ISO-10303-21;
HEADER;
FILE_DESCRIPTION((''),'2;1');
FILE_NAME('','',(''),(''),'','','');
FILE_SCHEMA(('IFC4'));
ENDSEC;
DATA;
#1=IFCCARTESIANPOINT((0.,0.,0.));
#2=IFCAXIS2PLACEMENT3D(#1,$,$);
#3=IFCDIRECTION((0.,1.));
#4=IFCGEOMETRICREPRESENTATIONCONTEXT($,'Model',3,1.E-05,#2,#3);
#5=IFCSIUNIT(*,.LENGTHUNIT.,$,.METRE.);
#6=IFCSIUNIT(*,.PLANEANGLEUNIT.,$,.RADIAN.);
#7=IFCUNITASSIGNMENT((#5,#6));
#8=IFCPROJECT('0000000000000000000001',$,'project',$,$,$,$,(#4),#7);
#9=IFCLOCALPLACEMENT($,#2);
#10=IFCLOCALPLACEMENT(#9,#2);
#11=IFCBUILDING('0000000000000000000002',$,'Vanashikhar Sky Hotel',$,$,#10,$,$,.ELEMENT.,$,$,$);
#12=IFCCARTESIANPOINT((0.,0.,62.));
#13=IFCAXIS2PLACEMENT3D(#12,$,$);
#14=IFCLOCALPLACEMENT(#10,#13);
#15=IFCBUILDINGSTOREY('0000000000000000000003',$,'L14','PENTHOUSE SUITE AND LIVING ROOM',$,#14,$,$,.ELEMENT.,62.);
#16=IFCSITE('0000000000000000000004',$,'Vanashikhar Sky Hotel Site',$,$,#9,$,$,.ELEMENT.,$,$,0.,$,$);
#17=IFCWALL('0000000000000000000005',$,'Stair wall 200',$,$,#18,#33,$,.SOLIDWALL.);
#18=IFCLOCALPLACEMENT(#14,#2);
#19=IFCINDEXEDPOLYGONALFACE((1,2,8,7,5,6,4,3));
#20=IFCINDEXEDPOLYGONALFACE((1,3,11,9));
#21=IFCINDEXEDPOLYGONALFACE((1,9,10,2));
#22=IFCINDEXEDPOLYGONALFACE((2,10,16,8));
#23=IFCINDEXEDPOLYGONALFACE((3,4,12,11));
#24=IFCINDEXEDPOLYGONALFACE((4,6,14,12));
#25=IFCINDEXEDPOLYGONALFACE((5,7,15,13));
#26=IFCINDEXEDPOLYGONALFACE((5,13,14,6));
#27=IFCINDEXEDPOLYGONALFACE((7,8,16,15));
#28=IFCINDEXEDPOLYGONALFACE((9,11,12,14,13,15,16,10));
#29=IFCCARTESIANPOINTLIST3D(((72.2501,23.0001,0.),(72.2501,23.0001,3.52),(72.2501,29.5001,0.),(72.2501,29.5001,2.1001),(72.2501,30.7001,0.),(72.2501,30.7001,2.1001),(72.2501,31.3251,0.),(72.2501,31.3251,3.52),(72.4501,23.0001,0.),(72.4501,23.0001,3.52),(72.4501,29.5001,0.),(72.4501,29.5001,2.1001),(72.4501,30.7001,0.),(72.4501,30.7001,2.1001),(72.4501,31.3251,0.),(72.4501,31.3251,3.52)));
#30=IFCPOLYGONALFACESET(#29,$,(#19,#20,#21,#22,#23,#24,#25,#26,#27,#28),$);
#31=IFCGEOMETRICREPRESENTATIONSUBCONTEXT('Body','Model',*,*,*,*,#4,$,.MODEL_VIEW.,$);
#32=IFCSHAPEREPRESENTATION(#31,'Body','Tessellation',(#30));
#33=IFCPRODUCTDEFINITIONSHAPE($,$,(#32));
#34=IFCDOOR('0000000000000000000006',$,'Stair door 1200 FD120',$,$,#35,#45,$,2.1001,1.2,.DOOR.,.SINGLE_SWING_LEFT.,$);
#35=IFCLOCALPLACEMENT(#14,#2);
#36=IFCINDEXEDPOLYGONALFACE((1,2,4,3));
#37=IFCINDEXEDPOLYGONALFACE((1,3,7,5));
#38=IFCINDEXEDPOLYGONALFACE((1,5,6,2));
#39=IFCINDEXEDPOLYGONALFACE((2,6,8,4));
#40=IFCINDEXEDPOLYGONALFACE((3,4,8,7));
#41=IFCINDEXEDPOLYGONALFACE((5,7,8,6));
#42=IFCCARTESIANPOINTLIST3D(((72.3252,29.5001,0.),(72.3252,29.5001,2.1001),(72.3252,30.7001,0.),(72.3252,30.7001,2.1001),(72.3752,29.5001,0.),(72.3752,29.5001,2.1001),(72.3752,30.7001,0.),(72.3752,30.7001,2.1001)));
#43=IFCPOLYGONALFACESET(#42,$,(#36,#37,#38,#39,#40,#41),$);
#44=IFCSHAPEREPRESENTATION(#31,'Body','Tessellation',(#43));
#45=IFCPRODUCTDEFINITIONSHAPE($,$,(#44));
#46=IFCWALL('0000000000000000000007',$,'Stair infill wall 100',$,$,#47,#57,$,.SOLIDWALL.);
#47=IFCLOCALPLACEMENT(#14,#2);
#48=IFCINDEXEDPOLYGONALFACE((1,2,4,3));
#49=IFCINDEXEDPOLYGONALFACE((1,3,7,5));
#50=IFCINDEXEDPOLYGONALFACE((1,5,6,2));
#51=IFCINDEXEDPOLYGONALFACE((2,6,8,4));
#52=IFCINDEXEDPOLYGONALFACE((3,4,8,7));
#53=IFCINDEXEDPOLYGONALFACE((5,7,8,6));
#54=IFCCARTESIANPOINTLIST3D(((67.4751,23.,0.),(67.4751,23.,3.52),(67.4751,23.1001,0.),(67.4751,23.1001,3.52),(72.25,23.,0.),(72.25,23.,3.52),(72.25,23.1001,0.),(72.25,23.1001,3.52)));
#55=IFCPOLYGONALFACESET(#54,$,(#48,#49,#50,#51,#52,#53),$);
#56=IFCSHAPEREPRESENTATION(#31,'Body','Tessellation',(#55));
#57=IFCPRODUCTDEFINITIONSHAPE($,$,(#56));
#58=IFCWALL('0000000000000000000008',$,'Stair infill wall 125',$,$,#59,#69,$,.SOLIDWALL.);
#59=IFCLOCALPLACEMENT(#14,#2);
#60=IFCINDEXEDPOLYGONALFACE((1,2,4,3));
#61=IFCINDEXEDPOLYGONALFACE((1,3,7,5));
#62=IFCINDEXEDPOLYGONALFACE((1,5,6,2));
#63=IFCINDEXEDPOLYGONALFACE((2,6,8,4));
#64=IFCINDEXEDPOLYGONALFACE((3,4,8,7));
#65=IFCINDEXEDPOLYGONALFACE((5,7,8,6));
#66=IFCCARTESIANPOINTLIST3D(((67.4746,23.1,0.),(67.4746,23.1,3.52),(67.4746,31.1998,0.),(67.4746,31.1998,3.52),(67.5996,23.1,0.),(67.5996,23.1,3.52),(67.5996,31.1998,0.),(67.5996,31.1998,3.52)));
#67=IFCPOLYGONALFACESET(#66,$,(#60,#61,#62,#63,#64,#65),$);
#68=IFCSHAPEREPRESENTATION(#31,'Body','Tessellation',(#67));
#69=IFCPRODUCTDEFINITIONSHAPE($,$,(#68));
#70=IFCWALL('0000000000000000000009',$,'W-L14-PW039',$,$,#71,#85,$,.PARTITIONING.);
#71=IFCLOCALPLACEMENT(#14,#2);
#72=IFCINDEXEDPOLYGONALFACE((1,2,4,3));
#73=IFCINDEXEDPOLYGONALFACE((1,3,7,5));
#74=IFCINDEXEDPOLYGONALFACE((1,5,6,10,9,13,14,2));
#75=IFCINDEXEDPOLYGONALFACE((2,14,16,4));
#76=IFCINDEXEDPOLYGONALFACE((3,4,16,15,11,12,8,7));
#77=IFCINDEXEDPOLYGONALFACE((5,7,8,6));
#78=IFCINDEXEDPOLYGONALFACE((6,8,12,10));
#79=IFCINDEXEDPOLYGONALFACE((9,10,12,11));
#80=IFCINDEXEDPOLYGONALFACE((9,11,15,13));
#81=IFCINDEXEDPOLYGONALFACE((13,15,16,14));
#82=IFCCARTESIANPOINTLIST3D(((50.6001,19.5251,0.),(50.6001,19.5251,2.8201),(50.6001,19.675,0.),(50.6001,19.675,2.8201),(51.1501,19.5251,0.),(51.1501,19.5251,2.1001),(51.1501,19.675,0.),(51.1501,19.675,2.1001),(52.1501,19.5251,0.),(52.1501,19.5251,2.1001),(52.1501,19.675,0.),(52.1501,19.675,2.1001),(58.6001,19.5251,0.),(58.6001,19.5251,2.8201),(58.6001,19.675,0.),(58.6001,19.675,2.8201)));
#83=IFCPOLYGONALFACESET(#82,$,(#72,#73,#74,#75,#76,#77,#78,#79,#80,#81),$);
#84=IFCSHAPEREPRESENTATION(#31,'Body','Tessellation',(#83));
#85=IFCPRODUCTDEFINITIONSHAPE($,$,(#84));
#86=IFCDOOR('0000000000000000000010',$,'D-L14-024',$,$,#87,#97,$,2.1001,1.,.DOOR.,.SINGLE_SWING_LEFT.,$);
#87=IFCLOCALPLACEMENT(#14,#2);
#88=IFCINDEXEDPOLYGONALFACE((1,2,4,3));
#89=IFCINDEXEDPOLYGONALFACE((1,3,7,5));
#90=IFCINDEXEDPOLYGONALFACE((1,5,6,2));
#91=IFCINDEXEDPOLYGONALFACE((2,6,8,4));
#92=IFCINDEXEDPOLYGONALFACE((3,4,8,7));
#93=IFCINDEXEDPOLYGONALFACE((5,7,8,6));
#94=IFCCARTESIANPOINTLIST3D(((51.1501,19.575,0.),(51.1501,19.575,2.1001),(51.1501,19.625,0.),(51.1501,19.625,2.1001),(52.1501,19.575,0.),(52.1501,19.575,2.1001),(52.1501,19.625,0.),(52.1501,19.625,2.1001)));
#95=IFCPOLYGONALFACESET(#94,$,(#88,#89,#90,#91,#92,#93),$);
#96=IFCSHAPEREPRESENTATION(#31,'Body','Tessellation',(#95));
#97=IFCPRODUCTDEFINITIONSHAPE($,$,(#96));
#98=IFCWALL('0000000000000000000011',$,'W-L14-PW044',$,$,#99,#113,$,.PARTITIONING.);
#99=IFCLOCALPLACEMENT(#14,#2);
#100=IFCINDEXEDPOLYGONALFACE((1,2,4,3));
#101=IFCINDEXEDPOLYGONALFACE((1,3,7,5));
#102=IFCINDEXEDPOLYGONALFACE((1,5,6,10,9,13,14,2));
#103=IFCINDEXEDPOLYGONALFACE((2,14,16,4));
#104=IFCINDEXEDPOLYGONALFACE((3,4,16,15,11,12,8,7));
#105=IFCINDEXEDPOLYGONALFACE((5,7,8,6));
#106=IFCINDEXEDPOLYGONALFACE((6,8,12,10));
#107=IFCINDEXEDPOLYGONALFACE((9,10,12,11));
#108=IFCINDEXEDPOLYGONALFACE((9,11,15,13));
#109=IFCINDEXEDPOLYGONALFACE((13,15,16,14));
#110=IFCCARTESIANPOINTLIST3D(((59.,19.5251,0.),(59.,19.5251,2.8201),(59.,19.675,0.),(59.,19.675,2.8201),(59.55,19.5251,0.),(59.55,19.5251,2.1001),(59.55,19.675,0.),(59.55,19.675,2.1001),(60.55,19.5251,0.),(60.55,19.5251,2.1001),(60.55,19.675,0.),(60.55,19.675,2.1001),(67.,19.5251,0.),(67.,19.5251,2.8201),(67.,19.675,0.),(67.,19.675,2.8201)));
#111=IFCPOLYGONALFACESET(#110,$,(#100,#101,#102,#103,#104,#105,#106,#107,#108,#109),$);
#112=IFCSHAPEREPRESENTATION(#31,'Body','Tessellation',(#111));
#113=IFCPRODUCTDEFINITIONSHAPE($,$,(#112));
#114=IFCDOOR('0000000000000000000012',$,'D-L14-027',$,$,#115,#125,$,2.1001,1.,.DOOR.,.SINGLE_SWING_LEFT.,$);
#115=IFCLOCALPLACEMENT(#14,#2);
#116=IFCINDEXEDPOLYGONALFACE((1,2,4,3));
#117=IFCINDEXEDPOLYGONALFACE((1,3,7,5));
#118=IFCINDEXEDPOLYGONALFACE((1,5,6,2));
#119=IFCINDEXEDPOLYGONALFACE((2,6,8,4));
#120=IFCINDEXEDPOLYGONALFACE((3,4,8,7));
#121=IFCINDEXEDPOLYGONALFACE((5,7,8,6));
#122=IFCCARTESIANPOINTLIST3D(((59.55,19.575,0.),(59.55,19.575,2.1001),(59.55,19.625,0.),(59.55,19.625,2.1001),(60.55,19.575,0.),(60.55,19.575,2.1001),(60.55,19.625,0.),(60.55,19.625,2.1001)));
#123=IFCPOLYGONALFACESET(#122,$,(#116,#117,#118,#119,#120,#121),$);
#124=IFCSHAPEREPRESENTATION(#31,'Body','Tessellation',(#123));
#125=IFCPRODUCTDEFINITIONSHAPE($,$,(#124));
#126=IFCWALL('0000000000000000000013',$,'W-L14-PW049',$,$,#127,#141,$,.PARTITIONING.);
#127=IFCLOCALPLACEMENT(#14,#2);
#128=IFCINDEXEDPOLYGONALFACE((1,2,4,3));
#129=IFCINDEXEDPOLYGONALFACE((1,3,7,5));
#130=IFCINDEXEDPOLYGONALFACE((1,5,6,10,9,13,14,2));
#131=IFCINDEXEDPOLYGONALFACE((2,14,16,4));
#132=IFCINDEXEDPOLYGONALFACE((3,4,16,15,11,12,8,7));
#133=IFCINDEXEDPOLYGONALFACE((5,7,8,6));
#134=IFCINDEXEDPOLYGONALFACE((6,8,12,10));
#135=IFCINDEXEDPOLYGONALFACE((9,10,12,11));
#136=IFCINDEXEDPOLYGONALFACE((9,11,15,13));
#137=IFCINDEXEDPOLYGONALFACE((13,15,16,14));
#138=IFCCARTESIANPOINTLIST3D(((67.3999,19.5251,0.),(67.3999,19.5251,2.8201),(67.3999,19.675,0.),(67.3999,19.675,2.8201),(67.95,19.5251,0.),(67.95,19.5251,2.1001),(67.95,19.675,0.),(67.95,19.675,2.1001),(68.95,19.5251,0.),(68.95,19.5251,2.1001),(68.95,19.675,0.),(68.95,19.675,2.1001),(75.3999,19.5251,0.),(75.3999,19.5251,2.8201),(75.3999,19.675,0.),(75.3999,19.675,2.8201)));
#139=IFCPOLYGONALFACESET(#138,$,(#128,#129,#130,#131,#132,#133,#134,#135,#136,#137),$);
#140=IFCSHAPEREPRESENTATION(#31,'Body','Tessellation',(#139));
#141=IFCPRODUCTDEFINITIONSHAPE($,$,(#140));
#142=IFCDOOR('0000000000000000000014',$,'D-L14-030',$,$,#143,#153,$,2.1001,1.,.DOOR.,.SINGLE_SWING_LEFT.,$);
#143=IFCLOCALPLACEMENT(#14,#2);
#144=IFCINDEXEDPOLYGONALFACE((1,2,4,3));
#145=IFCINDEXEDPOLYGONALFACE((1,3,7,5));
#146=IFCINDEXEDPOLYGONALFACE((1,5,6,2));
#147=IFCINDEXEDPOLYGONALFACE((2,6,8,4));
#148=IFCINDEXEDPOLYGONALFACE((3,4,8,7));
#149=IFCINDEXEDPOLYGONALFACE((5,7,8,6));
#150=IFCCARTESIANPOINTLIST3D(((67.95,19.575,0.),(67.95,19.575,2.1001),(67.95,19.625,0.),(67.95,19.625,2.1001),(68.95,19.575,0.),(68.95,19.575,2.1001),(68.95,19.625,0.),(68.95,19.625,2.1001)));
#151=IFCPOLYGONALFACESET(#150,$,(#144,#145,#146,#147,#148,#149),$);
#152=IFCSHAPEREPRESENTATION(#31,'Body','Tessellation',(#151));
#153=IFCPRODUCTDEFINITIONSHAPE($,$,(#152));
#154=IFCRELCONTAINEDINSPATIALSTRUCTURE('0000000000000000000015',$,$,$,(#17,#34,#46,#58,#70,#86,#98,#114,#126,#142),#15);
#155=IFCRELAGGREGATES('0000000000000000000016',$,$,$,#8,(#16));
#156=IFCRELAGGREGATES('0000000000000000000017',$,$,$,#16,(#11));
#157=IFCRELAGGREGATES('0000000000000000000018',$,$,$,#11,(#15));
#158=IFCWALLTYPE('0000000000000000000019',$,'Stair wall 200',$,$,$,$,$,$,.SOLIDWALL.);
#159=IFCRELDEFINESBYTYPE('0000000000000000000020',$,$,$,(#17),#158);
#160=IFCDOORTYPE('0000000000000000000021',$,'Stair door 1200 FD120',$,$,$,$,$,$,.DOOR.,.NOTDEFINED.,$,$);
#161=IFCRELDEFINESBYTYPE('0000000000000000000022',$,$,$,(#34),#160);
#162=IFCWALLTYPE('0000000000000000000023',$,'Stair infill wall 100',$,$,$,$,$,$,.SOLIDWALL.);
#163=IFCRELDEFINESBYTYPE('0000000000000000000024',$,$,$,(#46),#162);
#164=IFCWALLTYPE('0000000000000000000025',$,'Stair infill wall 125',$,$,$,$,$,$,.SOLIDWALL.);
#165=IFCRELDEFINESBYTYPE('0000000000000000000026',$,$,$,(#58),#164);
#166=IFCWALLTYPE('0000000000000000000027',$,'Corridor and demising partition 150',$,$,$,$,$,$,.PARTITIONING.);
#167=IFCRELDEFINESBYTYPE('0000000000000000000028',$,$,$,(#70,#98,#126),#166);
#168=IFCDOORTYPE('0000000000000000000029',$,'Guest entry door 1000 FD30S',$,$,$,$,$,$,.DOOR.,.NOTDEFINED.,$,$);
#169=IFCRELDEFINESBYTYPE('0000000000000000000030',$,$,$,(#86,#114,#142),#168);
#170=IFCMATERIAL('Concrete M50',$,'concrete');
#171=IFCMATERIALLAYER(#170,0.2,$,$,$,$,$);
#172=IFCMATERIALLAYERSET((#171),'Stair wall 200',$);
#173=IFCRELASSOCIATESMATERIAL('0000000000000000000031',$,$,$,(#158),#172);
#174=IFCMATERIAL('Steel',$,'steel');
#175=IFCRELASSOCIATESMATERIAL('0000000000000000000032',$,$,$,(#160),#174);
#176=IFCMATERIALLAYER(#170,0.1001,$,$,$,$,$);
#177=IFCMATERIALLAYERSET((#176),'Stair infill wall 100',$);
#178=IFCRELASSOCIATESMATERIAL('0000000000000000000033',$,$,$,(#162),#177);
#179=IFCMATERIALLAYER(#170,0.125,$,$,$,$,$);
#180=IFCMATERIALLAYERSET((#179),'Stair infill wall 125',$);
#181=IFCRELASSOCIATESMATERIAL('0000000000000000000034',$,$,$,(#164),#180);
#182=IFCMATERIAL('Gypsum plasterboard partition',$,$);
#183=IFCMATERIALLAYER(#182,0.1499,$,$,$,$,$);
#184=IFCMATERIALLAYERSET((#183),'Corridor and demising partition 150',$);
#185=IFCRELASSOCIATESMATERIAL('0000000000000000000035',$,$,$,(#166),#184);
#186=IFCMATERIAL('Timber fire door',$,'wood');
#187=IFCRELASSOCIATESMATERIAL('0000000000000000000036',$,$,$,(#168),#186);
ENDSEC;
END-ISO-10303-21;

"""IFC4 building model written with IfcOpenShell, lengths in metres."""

from ifc_helpers import new_model, si_unit, direction, frame, frame_2d, origin, place, context, subcontext, project, spatial, rectangle, extrude, source, transform, mapped, material, layer, layer_set, type_object, element, fill, save


model = new_model("IFC4")

# Units and contexts
model_context = context("Model", 3, precision=1e-05, world=origin(), true_north=direction((0.0, 1.0)))
body_context = subcontext(model_context, "Body", "Model", "MODEL_VIEW")
ifc_project = project(units=[si_unit("LENGTHUNIT", "METRE"), si_unit("PLANEANGLEUNIT", "RADIAN")], contexts=[model_context])

# Site, building, storey
site_placement = place(None, origin())
site = spatial("IfcSite", under=ifc_project, at=site_placement, Name="Vanashikhar Sky Hotel Site", CompositionType="ELEMENT", RefElevation=0.0)
building_placement = place(site_placement, origin())
building = spatial("IfcBuilding", under=site, at=building_placement, Name="Vanashikhar Sky Hotel", CompositionType="ELEMENT")
storey_placement = place(building_placement, frame((0.0, 0.0, 62.0)))
storey = spatial("IfcBuildingStorey", under=building, at=storey_placement, Name="L14", Description="PENTHOUSE SUITE AND LIVING ROOM", CompositionType="ELEMENT", Elevation=62.0)

# Shared definitions
ifc_material_1 = material(Name="Concrete M50", Category="concrete")

# Shared definitions
ifc_material_2 = material(Name="Steel", Category="steel")

# Wall, opening, door
ifc_layer_1 = layer(ifc_material_1, 0.2)
ifc_layer_set_1 = layer_set([ifc_layer_1], Name="Stair wall 200")
wall_type_1 = type_object("IfcWallType", Name="Stair wall 200", PredefinedType="SOLIDWALL", material=ifc_layer_set_1)
shared_shape_1 = source(origin(), body_context, "Body", "SweptSolid", [
    extrude(rectangle(XDim=8.325, YDim=0.2, at=frame_2d((4.1626, 0.0))), origin(), (0.0, 0.0, 1.0), 3.52),
])
wall_1_placement = place(storey_placement, frame((72.3501, 23.0, 0.0), z_axis=(0.0, 0.0, 1.0), x_axis=(0.0, 1.0, 0.0)))
wall_1 = element("IfcWall", 1, at=wall_1_placement, inside=storey, type_object=wall_type_1, Name="Stair wall 200", PredefinedType="SOLIDWALL", context=body_context, shape_type="MappedRepresentation", body=[
    mapped(shared_shape_1, transform((0.0, 0.0, 0.0), scale=1.0)),
])
shared_shape_2 = source(origin(), body_context, "Body", "SweptSolid", [
    extrude(rectangle(XDim=1.2, YDim=2.1001, at=frame_2d((0.6001, 1.05))), frame((0.0, 0.1099, 0.0), z_axis=(0.0, -1.0, 0.0), x_axis=(1.0, 0.0, 0.0)), (0.0, 0.0, 1.0), 0.22),
])
opening_1_placement = place(wall_1_placement, frame((6.5, 0.0, 0.0)))
opening_1 = element("IfcOpeningElement", 2, at=opening_1_placement, cuts=wall_1, PredefinedType="OPENING", context=body_context, shape_type="MappedRepresentation", body=[
    mapped(shared_shape_2, transform((0.0, 0.0, 0.0), scale=1.0)),
])
door_type_1 = type_object("IfcDoorType", Name="Stair door 1200 FD120", OperationType="NOTDEFINED", PredefinedType="DOOR", material=ifc_material_2)
shared_shape_3 = source(origin(), body_context, "Body", "SweptSolid", [
    extrude(rectangle(XDim=1.2, YDim=2.1001, at=frame_2d((0.6001, 1.05))), frame((0.0, 0.0249, 0.0), z_axis=(0.0, -1.0, 0.0), x_axis=(1.0, 0.0, 0.0)), (0.0, 0.0, 1.0), 0.05),
])
door_1_placement = place(opening_1_placement, origin())
door_1 = element("IfcDoor", 3, at=door_1_placement, inside=storey, type_object=door_type_1, Name="Stair door 1200 FD120", OperationType="SINGLE_SWING_LEFT", OverallHeight=2.1001, OverallWidth=1.2, PredefinedType="DOOR", context=body_context, shape_type="MappedRepresentation", body=[
    mapped(shared_shape_3, transform((0.0, 0.0, 0.0), scale=1.0)),
])
fill(opening_1, door_1)

# Walls
ifc_layer_2 = layer(ifc_material_1, 0.1001)
ifc_layer_set_2 = layer_set([ifc_layer_2], Name="Stair infill wall 100")
wall_type_2 = type_object("IfcWallType", Name="Stair infill wall 100", PredefinedType="SOLIDWALL", material=ifc_layer_set_2)
shared_shape_4 = source(origin(), body_context, "Body", "SweptSolid", [
    extrude(rectangle(XDim=4.7749, YDim=0.1001, at=frame_2d((2.3875, 0.0))), origin(), (0.0, 0.0, 1.0), 3.52),
])
wall_2_placement = place(storey_placement, frame((67.4751, 23.05, 0.0), z_axis=(0.0, 0.0, 1.0), x_axis=(1.0, 0.0, 0.0)))
element("IfcWall", 4, at=wall_2_placement, inside=storey, type_object=wall_type_2, Name="Stair infill wall 100", PredefinedType="SOLIDWALL", context=body_context, shape_type="MappedRepresentation", body=[
    mapped(shared_shape_4, transform((0.0, 0.0, 0.0), scale=1.0)),
])
ifc_layer_3 = layer(ifc_material_1, 0.125)
ifc_layer_set_3 = layer_set([ifc_layer_3], Name="Stair infill wall 125")
wall_type_3 = type_object("IfcWallType", Name="Stair infill wall 125", PredefinedType="SOLIDWALL", material=ifc_layer_set_3)
shared_shape_5 = source(origin(), body_context, "Body", "SweptSolid", [
    extrude(rectangle(XDim=8.0999, YDim=0.125, at=frame_2d((4.0498, 0.0))), origin(), (0.0, 0.0, 1.0), 3.52),
])
wall_3_placement = place(storey_placement, frame((67.5371, 23.1001, 0.0), z_axis=(0.0, 0.0, 1.0), x_axis=(0.0, 1.0, 0.0)))
element("IfcWall", 5, at=wall_3_placement, inside=storey, type_object=wall_type_3, Name="Stair infill wall 125", PredefinedType="SOLIDWALL", context=body_context, shape_type="MappedRepresentation", body=[
    mapped(shared_shape_5, transform((0.0, 0.0, 0.0), scale=1.0)),
])

# Walls, openings, doors
ifc_material_3 = material(Name="Gypsum plasterboard partition")
ifc_layer_4 = layer(ifc_material_3, 0.1499)
ifc_layer_set_4 = layer_set([ifc_layer_4], Name="Corridor and demising partition 150")
wall_type_4 = type_object("IfcWallType", Name="Corridor and demising partition 150", PredefinedType="PARTITIONING", material=ifc_layer_set_4)
shared_shape_6 = source(origin(), body_context, "Body", "SweptSolid", [
    extrude(rectangle(XDim=8.0, YDim=0.1499, at=frame_2d((4.0, 0.0))), origin(), (0.0, 0.0, 1.0), 2.8201),
])
wall_4_placement = place(storey_placement, frame((50.6001, 19.6001, 0.0), z_axis=(0.0, 0.0, 1.0), x_axis=(1.0, 0.0, 0.0)))
wall_4 = element("IfcWall", 6, at=wall_4_placement, inside=storey, type_object=wall_type_4, Name="W-L14-PW039", PredefinedType="PARTITIONING", context=body_context, shape_type="MappedRepresentation", body=[
    mapped(shared_shape_6, transform((0.0, 0.0, 0.0), scale=1.0)),
])
shared_shape_7 = source(origin(), body_context, "Body", "SweptSolid", [
    extrude(rectangle(XDim=1.0, YDim=2.1001, at=frame_2d((0.5, 1.05))), frame((0.0, 0.085, 0.0), z_axis=(0.0, -1.0, 0.0), x_axis=(1.0, 0.0, 0.0)), (0.0, 0.0, 1.0), 0.1699),
])
opening_2_placement = place(wall_4_placement, frame((0.55, 0.0, 0.0)))
opening_2 = element("IfcOpeningElement", 7, at=opening_2_placement, cuts=wall_4, PredefinedType="OPENING", context=body_context, shape_type="MappedRepresentation", body=[
    mapped(shared_shape_7, transform((0.0, 0.0, 0.0), scale=1.0)),
])
ifc_material_4 = material(Name="Timber fire door", Category="wood")
door_type_2 = type_object("IfcDoorType", Name="Guest entry door 1000 FD30S", OperationType="NOTDEFINED", PredefinedType="DOOR", material=ifc_material_4)
shared_shape_8 = source(origin(), body_context, "Body", "SweptSolid", [
    extrude(rectangle(XDim=1.0, YDim=2.1001, at=frame_2d((0.5, 1.05))), frame((0.0, 0.0249, 0.0), z_axis=(0.0, -1.0, 0.0), x_axis=(1.0, 0.0, 0.0)), (0.0, 0.0, 1.0), 0.05),
])
door_2_placement = place(opening_2_placement, origin())
door_2 = element("IfcDoor", 8, at=door_2_placement, inside=storey, type_object=door_type_2, Name="D-L14-024", OperationType="SINGLE_SWING_LEFT", OverallHeight=2.1001, OverallWidth=1.0, PredefinedType="DOOR", context=body_context, shape_type="MappedRepresentation", body=[
    mapped(shared_shape_8, transform((0.0, 0.0, 0.0), scale=1.0)),
])
fill(opening_2, door_2)
wall_5_placement = place(storey_placement, frame((59.0, 19.6001, 0.0), z_axis=(0.0, 0.0, 1.0), x_axis=(1.0, 0.0, 0.0)))
wall_5 = element("IfcWall", 9, at=wall_5_placement, inside=storey, type_object=wall_type_4, Name="W-L14-PW044", PredefinedType="PARTITIONING", context=body_context, shape_type="MappedRepresentation", body=[
    mapped(shared_shape_6, transform((0.0, 0.0, 0.0), scale=1.0)),
])
opening_3_placement = place(wall_5_placement, frame((0.55, 0.0, 0.0)))
opening_3 = element("IfcOpeningElement", 10, at=opening_3_placement, cuts=wall_5, PredefinedType="OPENING", context=body_context, shape_type="MappedRepresentation", body=[
    mapped(shared_shape_7, transform((0.0, 0.0, 0.0), scale=1.0)),
])
door_3_placement = place(opening_3_placement, origin())
door_3 = element("IfcDoor", 11, at=door_3_placement, inside=storey, type_object=door_type_2, Name="D-L14-027", OperationType="SINGLE_SWING_LEFT", OverallHeight=2.1001, OverallWidth=1.0, PredefinedType="DOOR", context=body_context, shape_type="MappedRepresentation", body=[
    mapped(shared_shape_8, transform((0.0, 0.0, 0.0), scale=1.0)),
])
fill(opening_3, door_3)
wall_6_placement = place(storey_placement, frame((67.3999, 19.6001, 0.0), z_axis=(0.0, 0.0, 1.0), x_axis=(1.0, 0.0, 0.0)))
wall_6 = element("IfcWall", 12, at=wall_6_placement, inside=storey, type_object=wall_type_4, Name="W-L14-PW049", PredefinedType="PARTITIONING", context=body_context, shape_type="MappedRepresentation", body=[
    mapped(shared_shape_6, transform((0.0, 0.0, 0.0), scale=1.0)),
])
opening_4_placement = place(wall_6_placement, frame((0.55, 0.0, 0.0)))
opening_4 = element("IfcOpeningElement", 13, at=opening_4_placement, cuts=wall_6, PredefinedType="OPENING", context=body_context, shape_type="MappedRepresentation", body=[
    mapped(shared_shape_7, transform((0.0, 0.0, 0.0), scale=1.0)),
])
door_4_placement = place(opening_4_placement, origin())
door_4 = element("IfcDoor", 14, at=door_4_placement, inside=storey, type_object=door_type_2, Name="D-L14-030", OperationType="SINGLE_SWING_LEFT", OverallHeight=2.1001, OverallWidth=1.0, PredefinedType="DOOR", context=body_context, shape_type="MappedRepresentation", body=[
    mapped(shared_shape_8, transform((0.0, 0.0, 0.0), scale=1.0)),
])
fill(opening_4, door_4)

save(model, "model.ifc")
